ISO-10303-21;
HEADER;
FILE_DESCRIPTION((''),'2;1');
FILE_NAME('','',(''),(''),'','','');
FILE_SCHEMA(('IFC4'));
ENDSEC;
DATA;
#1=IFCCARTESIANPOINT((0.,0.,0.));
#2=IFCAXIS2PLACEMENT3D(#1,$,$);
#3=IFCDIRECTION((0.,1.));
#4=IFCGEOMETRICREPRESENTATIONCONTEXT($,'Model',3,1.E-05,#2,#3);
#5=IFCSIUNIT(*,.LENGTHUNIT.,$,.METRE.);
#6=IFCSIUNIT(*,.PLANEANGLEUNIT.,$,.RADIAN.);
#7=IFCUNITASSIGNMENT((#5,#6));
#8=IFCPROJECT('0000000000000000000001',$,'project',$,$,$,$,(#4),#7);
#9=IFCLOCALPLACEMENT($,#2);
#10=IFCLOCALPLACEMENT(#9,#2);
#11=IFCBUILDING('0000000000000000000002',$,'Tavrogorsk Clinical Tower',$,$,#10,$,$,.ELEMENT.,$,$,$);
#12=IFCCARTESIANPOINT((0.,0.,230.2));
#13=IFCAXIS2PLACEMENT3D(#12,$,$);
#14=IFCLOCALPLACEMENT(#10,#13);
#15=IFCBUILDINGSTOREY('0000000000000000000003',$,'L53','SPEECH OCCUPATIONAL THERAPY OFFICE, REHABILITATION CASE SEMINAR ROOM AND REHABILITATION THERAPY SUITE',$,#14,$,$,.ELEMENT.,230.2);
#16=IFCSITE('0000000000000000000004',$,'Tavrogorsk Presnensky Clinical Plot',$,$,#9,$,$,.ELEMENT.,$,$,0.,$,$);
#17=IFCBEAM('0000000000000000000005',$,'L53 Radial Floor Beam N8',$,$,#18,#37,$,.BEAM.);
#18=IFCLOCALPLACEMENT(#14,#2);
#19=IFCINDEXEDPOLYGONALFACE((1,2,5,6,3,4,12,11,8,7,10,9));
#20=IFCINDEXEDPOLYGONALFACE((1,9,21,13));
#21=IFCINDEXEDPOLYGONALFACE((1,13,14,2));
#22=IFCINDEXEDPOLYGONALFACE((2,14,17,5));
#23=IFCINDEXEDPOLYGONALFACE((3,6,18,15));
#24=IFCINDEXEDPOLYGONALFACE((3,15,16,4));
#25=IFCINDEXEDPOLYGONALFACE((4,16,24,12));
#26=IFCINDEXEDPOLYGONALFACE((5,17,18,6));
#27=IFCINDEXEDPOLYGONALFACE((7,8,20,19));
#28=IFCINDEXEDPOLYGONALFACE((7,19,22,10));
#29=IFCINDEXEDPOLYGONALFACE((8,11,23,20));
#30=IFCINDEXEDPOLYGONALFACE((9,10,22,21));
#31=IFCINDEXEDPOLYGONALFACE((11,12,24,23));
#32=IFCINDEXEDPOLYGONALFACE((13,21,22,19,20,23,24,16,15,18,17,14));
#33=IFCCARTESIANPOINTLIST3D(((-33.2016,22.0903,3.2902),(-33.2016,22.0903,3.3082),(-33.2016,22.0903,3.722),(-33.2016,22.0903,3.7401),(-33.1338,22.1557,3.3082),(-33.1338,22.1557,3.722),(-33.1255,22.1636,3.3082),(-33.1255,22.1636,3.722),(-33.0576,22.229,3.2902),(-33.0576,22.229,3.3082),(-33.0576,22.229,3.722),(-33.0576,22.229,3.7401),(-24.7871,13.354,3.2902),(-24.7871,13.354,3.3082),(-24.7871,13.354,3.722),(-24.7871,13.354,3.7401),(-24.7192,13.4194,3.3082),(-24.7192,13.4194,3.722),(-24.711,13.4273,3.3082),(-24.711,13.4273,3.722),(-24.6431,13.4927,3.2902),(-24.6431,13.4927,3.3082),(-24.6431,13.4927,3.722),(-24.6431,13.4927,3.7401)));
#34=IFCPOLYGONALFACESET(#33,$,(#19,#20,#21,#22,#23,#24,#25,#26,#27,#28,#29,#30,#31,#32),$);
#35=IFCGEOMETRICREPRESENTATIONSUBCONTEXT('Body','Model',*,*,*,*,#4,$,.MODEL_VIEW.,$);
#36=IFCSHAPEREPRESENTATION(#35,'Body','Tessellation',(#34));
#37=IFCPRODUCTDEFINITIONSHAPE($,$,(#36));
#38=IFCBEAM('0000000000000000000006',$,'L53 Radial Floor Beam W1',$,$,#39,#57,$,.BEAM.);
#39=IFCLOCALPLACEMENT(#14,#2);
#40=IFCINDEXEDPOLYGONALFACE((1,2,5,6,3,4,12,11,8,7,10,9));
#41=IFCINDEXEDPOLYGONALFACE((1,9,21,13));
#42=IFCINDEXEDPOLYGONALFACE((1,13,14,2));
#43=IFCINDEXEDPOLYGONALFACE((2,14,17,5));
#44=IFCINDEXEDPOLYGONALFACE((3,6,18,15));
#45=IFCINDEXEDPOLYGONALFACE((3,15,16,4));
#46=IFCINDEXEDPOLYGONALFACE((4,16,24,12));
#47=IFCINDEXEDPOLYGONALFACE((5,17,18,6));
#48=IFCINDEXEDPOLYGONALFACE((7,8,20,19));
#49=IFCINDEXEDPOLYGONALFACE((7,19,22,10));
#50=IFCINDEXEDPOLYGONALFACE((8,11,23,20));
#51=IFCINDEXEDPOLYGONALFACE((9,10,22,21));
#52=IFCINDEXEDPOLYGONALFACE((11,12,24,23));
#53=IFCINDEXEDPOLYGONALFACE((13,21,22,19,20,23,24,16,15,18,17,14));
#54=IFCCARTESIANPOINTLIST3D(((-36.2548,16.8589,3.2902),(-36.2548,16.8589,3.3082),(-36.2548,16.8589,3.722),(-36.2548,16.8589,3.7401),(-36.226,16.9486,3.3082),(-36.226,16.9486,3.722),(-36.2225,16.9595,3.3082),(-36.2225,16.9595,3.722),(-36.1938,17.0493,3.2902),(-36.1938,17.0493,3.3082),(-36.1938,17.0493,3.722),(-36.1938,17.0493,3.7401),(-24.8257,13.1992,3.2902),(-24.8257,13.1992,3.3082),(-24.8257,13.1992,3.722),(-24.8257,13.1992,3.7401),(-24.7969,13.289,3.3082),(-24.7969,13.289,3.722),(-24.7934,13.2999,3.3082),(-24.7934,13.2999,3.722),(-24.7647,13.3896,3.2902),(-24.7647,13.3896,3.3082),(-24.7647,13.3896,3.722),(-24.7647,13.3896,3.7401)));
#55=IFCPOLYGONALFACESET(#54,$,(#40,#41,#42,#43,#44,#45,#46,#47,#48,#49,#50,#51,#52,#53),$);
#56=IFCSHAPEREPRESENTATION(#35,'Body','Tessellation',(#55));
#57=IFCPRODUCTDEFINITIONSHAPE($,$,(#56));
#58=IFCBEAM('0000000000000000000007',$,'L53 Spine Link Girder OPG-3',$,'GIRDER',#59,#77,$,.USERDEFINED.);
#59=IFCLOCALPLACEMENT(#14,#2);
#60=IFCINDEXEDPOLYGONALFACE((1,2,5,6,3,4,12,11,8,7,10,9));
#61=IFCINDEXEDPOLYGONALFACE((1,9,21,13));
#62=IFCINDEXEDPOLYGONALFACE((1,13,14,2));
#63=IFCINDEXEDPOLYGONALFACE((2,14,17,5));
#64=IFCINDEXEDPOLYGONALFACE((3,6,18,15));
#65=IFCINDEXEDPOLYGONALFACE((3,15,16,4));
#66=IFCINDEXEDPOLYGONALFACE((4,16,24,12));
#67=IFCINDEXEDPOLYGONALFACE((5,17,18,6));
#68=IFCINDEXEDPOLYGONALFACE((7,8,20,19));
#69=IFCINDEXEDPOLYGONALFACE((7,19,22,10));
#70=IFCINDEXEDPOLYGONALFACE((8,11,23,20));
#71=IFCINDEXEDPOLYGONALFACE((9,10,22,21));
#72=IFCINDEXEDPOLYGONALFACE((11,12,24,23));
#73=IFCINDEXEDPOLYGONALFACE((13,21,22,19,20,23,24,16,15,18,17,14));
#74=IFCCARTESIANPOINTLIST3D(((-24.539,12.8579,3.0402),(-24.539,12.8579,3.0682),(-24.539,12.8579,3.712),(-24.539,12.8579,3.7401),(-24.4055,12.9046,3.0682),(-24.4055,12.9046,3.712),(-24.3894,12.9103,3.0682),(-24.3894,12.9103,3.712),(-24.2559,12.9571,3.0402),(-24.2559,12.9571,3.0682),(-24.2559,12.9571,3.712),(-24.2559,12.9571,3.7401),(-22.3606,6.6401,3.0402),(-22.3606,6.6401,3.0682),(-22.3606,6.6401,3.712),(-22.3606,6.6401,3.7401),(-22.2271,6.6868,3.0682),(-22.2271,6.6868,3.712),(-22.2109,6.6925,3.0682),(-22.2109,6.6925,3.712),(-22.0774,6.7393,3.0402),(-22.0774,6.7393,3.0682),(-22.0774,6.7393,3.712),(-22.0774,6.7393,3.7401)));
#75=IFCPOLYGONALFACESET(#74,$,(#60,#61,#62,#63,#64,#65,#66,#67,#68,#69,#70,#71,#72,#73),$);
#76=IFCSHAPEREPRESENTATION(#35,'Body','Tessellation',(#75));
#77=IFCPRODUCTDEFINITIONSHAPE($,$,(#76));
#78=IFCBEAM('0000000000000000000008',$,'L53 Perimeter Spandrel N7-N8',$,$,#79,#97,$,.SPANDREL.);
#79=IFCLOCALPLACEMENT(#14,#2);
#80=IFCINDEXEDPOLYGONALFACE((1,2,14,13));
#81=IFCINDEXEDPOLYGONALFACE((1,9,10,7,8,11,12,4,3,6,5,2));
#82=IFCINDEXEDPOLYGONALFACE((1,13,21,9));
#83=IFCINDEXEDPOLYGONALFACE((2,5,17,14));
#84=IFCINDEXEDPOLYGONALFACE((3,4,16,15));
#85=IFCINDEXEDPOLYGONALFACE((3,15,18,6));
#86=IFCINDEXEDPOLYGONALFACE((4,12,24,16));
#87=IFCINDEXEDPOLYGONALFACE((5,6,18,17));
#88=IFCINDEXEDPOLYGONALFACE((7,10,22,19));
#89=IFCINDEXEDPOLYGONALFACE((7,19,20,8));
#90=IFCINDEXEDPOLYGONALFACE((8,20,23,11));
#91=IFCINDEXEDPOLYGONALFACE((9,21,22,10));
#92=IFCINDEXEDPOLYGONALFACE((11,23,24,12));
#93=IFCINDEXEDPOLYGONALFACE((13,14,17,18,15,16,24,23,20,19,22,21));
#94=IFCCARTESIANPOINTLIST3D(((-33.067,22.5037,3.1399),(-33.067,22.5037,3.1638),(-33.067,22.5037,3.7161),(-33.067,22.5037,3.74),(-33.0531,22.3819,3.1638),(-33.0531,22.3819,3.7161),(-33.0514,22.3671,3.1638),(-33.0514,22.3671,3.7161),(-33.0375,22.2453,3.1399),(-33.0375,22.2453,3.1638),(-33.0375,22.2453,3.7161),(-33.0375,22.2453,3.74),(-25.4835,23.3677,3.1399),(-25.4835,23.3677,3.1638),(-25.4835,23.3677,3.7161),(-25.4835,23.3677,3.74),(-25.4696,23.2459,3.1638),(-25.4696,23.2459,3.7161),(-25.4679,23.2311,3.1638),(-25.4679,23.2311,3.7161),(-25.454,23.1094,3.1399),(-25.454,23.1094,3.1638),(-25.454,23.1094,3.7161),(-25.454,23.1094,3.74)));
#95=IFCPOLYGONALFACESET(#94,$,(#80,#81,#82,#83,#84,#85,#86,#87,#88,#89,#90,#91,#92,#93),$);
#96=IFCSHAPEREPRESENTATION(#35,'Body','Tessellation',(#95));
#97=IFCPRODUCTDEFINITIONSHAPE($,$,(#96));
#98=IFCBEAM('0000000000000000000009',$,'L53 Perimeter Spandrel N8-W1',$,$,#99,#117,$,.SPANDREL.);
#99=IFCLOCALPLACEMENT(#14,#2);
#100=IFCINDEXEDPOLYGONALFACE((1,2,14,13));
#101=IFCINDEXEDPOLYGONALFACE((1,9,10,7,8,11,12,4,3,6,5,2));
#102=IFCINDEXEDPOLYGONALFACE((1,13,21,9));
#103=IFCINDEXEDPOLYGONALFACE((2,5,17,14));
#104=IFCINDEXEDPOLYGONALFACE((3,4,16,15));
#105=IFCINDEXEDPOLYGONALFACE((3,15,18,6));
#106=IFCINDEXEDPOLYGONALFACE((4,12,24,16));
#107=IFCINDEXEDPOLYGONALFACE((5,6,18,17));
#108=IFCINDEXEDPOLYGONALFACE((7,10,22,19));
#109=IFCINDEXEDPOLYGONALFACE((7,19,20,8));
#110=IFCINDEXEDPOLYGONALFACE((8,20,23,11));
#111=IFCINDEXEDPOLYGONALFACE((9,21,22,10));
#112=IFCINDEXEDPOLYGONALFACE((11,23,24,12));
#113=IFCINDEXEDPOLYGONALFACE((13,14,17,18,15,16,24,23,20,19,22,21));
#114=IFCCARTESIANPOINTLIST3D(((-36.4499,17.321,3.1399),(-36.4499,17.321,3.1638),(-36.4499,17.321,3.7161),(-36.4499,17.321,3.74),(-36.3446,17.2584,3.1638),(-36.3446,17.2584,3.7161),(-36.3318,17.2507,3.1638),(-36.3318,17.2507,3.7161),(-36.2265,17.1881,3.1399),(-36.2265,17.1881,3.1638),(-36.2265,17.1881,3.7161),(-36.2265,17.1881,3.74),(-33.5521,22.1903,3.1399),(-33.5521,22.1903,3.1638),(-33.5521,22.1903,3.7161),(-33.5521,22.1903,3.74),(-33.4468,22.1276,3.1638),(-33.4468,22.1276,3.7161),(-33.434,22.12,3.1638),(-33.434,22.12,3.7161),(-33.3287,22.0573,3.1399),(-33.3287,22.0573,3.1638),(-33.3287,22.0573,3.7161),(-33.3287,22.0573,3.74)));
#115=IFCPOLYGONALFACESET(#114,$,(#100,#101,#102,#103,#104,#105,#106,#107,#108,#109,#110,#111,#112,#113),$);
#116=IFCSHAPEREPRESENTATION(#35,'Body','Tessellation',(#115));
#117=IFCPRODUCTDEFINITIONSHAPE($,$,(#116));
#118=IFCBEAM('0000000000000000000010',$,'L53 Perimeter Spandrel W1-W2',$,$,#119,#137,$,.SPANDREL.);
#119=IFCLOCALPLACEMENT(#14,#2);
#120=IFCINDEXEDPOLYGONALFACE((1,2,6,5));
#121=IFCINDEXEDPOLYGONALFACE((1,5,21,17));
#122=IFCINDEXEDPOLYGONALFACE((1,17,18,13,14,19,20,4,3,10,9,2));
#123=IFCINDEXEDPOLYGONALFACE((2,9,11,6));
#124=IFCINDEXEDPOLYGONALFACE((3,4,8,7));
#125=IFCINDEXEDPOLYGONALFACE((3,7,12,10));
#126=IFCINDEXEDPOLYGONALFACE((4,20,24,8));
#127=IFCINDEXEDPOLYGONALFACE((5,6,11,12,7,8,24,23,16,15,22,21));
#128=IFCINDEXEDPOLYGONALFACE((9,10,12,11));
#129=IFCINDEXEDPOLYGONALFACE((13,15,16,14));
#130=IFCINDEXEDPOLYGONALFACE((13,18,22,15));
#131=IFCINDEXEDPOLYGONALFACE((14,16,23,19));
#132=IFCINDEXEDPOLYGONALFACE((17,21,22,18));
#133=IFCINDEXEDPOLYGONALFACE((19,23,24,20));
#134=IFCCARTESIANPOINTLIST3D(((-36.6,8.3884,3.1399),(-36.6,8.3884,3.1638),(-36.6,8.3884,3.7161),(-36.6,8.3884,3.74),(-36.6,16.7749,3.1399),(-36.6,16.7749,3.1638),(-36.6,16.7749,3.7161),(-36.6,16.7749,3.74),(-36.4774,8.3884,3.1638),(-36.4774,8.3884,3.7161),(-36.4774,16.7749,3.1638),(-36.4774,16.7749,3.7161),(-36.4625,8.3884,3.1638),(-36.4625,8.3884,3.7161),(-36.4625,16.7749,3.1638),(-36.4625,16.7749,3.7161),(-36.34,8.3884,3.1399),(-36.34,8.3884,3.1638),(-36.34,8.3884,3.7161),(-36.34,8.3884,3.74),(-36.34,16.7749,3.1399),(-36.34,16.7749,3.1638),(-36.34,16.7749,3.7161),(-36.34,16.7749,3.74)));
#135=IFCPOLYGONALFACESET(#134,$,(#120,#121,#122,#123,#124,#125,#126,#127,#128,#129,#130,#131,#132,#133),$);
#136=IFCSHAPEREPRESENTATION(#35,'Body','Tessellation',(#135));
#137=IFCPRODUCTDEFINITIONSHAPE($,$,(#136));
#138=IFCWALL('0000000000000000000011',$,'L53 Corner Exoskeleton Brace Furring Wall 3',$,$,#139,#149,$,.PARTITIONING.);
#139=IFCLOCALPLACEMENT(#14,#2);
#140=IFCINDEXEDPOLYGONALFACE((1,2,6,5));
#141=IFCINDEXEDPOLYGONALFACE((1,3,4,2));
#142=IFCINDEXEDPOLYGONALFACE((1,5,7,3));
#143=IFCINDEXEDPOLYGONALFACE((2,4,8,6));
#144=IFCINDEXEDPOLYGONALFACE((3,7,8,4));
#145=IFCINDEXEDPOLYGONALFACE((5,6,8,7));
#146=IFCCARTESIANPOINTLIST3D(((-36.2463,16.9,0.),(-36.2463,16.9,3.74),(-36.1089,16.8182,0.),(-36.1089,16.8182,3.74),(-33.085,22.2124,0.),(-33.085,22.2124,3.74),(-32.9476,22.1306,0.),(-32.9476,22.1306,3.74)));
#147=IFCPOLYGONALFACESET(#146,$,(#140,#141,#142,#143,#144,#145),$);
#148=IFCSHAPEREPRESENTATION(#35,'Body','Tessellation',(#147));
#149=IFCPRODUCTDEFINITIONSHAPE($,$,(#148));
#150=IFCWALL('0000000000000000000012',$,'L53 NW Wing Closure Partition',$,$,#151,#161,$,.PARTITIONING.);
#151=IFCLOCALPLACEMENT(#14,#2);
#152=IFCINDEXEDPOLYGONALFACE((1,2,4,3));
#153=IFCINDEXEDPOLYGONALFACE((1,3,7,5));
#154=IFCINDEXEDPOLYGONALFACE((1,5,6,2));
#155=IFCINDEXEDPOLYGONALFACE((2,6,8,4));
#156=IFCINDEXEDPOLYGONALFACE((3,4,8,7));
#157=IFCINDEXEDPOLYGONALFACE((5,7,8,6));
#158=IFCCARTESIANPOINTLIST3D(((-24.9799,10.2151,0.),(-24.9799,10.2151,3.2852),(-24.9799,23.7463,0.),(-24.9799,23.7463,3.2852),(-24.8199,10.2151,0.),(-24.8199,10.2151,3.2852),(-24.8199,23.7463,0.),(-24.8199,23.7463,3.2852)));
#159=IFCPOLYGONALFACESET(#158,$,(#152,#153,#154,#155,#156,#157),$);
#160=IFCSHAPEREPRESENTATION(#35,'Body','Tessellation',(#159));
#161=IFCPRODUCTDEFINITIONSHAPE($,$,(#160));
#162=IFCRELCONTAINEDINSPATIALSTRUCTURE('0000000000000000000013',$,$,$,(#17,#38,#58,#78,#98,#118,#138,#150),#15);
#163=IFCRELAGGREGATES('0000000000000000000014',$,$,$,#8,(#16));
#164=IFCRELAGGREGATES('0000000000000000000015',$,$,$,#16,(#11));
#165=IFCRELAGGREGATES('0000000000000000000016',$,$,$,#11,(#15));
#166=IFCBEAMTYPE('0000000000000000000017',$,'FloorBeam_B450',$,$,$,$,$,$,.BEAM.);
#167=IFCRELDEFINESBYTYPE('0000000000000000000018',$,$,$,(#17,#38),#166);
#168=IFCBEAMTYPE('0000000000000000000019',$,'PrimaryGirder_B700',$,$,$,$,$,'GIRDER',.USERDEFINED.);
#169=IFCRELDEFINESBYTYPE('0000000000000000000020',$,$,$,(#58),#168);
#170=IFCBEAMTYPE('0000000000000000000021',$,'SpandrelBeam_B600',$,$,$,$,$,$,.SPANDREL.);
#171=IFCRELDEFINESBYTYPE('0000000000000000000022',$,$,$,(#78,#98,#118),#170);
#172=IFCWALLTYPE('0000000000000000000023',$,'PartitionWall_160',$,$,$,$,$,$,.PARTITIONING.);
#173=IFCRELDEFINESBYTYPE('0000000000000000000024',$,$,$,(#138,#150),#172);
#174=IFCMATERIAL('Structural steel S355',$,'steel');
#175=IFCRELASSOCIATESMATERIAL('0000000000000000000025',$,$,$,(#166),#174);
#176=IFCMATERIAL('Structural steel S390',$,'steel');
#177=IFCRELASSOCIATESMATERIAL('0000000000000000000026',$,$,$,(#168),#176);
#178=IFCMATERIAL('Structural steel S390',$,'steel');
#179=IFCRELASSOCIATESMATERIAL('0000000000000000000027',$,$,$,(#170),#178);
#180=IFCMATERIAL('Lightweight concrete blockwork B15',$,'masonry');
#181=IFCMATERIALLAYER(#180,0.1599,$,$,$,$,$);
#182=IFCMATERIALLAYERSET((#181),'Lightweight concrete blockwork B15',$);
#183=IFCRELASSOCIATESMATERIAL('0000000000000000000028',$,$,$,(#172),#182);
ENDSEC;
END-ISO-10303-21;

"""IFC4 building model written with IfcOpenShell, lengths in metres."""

from ifc_helpers import new_model, si_unit, direction, frame, frame_2d, origin, origin_2d, place, context, subcontext, project, spatial, rectangle, i_section, extrude, material, layer, layer_set, material_profile, profile_set, type_object, element, save


model = new_model("IFC4")

# Units and contexts
model_context = context("Model", 3, precision=1e-05, world=origin(), true_north=direction((0.0, 1.0)))
body_context = subcontext(model_context, "Body", "Model", "MODEL_VIEW")
ifc_project = project(units=[si_unit("LENGTHUNIT", "METRE"), si_unit("PLANEANGLEUNIT", "RADIAN")], contexts=[model_context])

# Site, building, storey
site_placement = place(None, origin())
site = spatial("IfcSite", under=ifc_project, at=site_placement, Name="Tavrogorsk Presnensky Clinical Plot", CompositionType="ELEMENT", RefElevation=0.0)
building_placement = place(site_placement, origin())
building = spatial("IfcBuilding", under=site, at=building_placement, Name="Tavrogorsk Clinical Tower", CompositionType="ELEMENT")
storey_placement = place(building_placement, frame((0.0, 0.0, 230.2)))
storey = spatial("IfcBuildingStorey", under=building, at=storey_placement, Name="L53", Description="SPEECH OCCUPATIONAL THERAPY OFFICE, REHABILITATION CASE SEMINAR ROOM AND REHABILITATION THERAPY SUITE", CompositionType="ELEMENT", Elevation=230.2)

# Beams
ifc_material_1 = material(Name="Structural steel S355", Category="steel")
ifc_material_profile_1 = material_profile(ifc_material_1, i_section(OverallWidth=0.2, OverallDepth=0.45, WebThickness=0.0115, FlangeThickness=0.0181, at=origin_2d()), Name="B-450x200x11.5x18")
ifc_profile_set_1 = profile_set([ifc_material_profile_1], Name="Structural steel S355")
beam_type_1 = type_object("IfcBeamType", Name="FloorBeam_B450", PredefinedType="BEAM", material=ifc_profile_set_1)
beam_1_placement = place(storey_placement, frame((-24.7151, 13.4233, 3.5151), z_axis=(-0.693718, 0.720246, 0.0), x_axis=(-0.720246, -0.693718, 0.0)))
element("IfcBeam", 1, at=beam_1_placement, inside=storey, type_object=beam_type_1, Name="L53 Radial Floor Beam N8", PredefinedType="BEAM", context=body_context, shape_type="SweptSolid", body=[
    extrude(i_section(OverallWidth=0.2, OverallDepth=0.45, WebThickness=0.0115, FlangeThickness=0.0181, at=origin_2d()), origin(), (0.0, 0.0, 1.0), 12.1296),
])
beam_2_placement = place(storey_placement, frame((-24.7952, 13.2944, 3.5151), z_axis=(-0.952368, 0.304951, 0.0), x_axis=(-0.304951, -0.952368, 0.0)))
element("IfcBeam", 2, at=beam_2_placement, inside=storey, type_object=beam_type_1, Name="L53 Radial Floor Beam W1", PredefinedType="BEAM", context=body_context, shape_type="SweptSolid", body=[
    extrude(i_section(OverallWidth=0.2, OverallDepth=0.45, WebThickness=0.0115, FlangeThickness=0.0181, at=origin_2d()), origin(), (0.0, 0.0, 1.0), 12.0007),
])
ifc_material_2 = material(Name="Structural steel S390", Category="steel")
ifc_material_profile_2 = material_profile(ifc_material_2, i_section(OverallWidth=0.3, OverallDepth=0.7, WebThickness=0.0171, FlangeThickness=0.0281, at=origin_2d()), Name="B-700x300x17x28")
ifc_profile_set_2 = profile_set([ifc_material_profile_2], Name="Structural steel S390")
beam_type_2 = type_object("IfcBeamType", Name="PrimaryGirder_B700", ElementType="GIRDER", PredefinedType="USERDEFINED", material=ifc_profile_set_2)
beam_3_placement = place(storey_placement, frame((-24.3975, 12.9075, 3.3901), z_axis=(0.330654, -0.943752, 0.0), x_axis=(0.943752, 0.330654, 0.0)))
element("IfcBeam", 3, at=beam_3_placement, inside=storey, type_object=beam_type_2, Name="L53 Spine Link Girder OPG-3", ObjectType="GIRDER", PredefinedType="USERDEFINED", context=body_context, shape_type="SweptSolid", body=[
    extrude(i_section(OverallWidth=0.3, OverallDepth=0.7, WebThickness=0.0171, FlangeThickness=0.0281, at=origin_2d()), origin(), (0.0, 0.0, 1.0), 6.5884),
])
ifc_material_3 = material(Name="Structural steel S390", Category="steel")
ifc_material_profile_3 = material_profile(ifc_material_3, i_section(OverallWidth=0.26, OverallDepth=0.6001, WebThickness=0.0149, FlangeThickness=0.0239, at=origin_2d()), Name="B-600x260x15x24")
ifc_profile_set_3 = profile_set([ifc_material_profile_3], Name="Structural steel S390")
beam_type_3 = type_object("IfcBeamType", Name="SpandrelBeam_B600", PredefinedType="SPANDREL", material=ifc_profile_set_3)
beam_4_placement = place(storey_placement, frame((-25.4688, 23.2385, 3.4399), z_axis=(-0.993572, -0.113201, 0.0), x_axis=(0.113201, -0.993572, 0.0)))
element("IfcBeam", 4, at=beam_4_placement, inside=storey, type_object=beam_type_3, Name="L53 Perimeter Spandrel N7-N8", PredefinedType="SPANDREL", context=body_context, shape_type="SweptSolid", body=[
    extrude(i_section(OverallWidth=0.26, OverallDepth=0.6001, WebThickness=0.0149, FlangeThickness=0.0239, at=origin_2d()), origin(), (0.0, 0.0, 1.0), 7.6326),
])
beam_5_placement = place(storey_placement, frame((-33.4404, 22.1238, 3.4399), z_axis=(-0.511407, -0.859339, 0.0), x_axis=(0.859339, -0.511407, 0.0)))
element("IfcBeam", 5, at=beam_5_placement, inside=storey, type_object=beam_type_3, Name="L53 Perimeter Spandrel N8-W1", PredefinedType="SPANDREL", context=body_context, shape_type="SweptSolid", body=[
    extrude(i_section(OverallWidth=0.26, OverallDepth=0.6001, WebThickness=0.0149, FlangeThickness=0.0239, at=origin_2d()), origin(), (0.0, 0.0, 1.0), 5.6663),
])
beam_6_placement = place(storey_placement, frame((-36.47, 16.7749, 3.4399), z_axis=(0.0, -1.0, 0.0), x_axis=(1.0, 0.0, 0.0)))
element("IfcBeam", 6, at=beam_6_placement, inside=storey, type_object=beam_type_3, Name="L53 Perimeter Spandrel W1-W2", PredefinedType="SPANDREL", context=body_context, shape_type="SweptSolid", body=[
    extrude(i_section(OverallWidth=0.26, OverallDepth=0.6001, WebThickness=0.0149, FlangeThickness=0.0239, at=origin_2d()), origin(), (0.0, 0.0, 1.0), 8.3865),
])

# Walls
ifc_material_4 = material(Name="Lightweight concrete blockwork B15", Category="masonry")
ifc_layer_1 = layer(ifc_material_4, 0.1599)
ifc_layer_set_1 = layer_set([ifc_layer_1], Name="Lightweight concrete blockwork B15")
wall_type_1 = type_object("IfcWallType", Name="PartitionWall_160", PredefinedType="PARTITIONING", material=ifc_layer_set_1)
wall_1_placement = place(storey_placement, frame((-33.0164, 22.1714, 0.0), z_axis=(0.0, 0.0, 1.0), x_axis=(-0.511385, -0.859352, 0.0)))
element("IfcWall", 7, at=wall_1_placement, inside=storey, type_object=wall_type_1, Name="L53 Corner Exoskeleton Brace Furring Wall 3", PredefinedType="PARTITIONING", context=body_context, shape_type="SweptSolid", body=[
    extrude(rectangle(XDim=6.1819, YDim=0.1599, at=frame_2d((3.0908, 0.0))), origin(), (0.0, 0.0, 1.0), 3.74),
])
wall_2_placement = place(storey_placement, frame((-24.8999, 10.2151, 0.0), z_axis=(0.0, 0.0, 1.0), x_axis=(0.0, 1.0, 0.0)))
element("IfcWall", 8, at=wall_2_placement, inside=storey, type_object=wall_type_1, Name="L53 NW Wing Closure Partition", PredefinedType="PARTITIONING", context=body_context, shape_type="SweptSolid", body=[
    extrude(rectangle(XDim=13.5312, YDim=0.1599, at=frame_2d((6.7656, 0.0))), origin(), (0.0, 0.0, 1.0), 3.2852),
])

save(model, "model.ifc")
